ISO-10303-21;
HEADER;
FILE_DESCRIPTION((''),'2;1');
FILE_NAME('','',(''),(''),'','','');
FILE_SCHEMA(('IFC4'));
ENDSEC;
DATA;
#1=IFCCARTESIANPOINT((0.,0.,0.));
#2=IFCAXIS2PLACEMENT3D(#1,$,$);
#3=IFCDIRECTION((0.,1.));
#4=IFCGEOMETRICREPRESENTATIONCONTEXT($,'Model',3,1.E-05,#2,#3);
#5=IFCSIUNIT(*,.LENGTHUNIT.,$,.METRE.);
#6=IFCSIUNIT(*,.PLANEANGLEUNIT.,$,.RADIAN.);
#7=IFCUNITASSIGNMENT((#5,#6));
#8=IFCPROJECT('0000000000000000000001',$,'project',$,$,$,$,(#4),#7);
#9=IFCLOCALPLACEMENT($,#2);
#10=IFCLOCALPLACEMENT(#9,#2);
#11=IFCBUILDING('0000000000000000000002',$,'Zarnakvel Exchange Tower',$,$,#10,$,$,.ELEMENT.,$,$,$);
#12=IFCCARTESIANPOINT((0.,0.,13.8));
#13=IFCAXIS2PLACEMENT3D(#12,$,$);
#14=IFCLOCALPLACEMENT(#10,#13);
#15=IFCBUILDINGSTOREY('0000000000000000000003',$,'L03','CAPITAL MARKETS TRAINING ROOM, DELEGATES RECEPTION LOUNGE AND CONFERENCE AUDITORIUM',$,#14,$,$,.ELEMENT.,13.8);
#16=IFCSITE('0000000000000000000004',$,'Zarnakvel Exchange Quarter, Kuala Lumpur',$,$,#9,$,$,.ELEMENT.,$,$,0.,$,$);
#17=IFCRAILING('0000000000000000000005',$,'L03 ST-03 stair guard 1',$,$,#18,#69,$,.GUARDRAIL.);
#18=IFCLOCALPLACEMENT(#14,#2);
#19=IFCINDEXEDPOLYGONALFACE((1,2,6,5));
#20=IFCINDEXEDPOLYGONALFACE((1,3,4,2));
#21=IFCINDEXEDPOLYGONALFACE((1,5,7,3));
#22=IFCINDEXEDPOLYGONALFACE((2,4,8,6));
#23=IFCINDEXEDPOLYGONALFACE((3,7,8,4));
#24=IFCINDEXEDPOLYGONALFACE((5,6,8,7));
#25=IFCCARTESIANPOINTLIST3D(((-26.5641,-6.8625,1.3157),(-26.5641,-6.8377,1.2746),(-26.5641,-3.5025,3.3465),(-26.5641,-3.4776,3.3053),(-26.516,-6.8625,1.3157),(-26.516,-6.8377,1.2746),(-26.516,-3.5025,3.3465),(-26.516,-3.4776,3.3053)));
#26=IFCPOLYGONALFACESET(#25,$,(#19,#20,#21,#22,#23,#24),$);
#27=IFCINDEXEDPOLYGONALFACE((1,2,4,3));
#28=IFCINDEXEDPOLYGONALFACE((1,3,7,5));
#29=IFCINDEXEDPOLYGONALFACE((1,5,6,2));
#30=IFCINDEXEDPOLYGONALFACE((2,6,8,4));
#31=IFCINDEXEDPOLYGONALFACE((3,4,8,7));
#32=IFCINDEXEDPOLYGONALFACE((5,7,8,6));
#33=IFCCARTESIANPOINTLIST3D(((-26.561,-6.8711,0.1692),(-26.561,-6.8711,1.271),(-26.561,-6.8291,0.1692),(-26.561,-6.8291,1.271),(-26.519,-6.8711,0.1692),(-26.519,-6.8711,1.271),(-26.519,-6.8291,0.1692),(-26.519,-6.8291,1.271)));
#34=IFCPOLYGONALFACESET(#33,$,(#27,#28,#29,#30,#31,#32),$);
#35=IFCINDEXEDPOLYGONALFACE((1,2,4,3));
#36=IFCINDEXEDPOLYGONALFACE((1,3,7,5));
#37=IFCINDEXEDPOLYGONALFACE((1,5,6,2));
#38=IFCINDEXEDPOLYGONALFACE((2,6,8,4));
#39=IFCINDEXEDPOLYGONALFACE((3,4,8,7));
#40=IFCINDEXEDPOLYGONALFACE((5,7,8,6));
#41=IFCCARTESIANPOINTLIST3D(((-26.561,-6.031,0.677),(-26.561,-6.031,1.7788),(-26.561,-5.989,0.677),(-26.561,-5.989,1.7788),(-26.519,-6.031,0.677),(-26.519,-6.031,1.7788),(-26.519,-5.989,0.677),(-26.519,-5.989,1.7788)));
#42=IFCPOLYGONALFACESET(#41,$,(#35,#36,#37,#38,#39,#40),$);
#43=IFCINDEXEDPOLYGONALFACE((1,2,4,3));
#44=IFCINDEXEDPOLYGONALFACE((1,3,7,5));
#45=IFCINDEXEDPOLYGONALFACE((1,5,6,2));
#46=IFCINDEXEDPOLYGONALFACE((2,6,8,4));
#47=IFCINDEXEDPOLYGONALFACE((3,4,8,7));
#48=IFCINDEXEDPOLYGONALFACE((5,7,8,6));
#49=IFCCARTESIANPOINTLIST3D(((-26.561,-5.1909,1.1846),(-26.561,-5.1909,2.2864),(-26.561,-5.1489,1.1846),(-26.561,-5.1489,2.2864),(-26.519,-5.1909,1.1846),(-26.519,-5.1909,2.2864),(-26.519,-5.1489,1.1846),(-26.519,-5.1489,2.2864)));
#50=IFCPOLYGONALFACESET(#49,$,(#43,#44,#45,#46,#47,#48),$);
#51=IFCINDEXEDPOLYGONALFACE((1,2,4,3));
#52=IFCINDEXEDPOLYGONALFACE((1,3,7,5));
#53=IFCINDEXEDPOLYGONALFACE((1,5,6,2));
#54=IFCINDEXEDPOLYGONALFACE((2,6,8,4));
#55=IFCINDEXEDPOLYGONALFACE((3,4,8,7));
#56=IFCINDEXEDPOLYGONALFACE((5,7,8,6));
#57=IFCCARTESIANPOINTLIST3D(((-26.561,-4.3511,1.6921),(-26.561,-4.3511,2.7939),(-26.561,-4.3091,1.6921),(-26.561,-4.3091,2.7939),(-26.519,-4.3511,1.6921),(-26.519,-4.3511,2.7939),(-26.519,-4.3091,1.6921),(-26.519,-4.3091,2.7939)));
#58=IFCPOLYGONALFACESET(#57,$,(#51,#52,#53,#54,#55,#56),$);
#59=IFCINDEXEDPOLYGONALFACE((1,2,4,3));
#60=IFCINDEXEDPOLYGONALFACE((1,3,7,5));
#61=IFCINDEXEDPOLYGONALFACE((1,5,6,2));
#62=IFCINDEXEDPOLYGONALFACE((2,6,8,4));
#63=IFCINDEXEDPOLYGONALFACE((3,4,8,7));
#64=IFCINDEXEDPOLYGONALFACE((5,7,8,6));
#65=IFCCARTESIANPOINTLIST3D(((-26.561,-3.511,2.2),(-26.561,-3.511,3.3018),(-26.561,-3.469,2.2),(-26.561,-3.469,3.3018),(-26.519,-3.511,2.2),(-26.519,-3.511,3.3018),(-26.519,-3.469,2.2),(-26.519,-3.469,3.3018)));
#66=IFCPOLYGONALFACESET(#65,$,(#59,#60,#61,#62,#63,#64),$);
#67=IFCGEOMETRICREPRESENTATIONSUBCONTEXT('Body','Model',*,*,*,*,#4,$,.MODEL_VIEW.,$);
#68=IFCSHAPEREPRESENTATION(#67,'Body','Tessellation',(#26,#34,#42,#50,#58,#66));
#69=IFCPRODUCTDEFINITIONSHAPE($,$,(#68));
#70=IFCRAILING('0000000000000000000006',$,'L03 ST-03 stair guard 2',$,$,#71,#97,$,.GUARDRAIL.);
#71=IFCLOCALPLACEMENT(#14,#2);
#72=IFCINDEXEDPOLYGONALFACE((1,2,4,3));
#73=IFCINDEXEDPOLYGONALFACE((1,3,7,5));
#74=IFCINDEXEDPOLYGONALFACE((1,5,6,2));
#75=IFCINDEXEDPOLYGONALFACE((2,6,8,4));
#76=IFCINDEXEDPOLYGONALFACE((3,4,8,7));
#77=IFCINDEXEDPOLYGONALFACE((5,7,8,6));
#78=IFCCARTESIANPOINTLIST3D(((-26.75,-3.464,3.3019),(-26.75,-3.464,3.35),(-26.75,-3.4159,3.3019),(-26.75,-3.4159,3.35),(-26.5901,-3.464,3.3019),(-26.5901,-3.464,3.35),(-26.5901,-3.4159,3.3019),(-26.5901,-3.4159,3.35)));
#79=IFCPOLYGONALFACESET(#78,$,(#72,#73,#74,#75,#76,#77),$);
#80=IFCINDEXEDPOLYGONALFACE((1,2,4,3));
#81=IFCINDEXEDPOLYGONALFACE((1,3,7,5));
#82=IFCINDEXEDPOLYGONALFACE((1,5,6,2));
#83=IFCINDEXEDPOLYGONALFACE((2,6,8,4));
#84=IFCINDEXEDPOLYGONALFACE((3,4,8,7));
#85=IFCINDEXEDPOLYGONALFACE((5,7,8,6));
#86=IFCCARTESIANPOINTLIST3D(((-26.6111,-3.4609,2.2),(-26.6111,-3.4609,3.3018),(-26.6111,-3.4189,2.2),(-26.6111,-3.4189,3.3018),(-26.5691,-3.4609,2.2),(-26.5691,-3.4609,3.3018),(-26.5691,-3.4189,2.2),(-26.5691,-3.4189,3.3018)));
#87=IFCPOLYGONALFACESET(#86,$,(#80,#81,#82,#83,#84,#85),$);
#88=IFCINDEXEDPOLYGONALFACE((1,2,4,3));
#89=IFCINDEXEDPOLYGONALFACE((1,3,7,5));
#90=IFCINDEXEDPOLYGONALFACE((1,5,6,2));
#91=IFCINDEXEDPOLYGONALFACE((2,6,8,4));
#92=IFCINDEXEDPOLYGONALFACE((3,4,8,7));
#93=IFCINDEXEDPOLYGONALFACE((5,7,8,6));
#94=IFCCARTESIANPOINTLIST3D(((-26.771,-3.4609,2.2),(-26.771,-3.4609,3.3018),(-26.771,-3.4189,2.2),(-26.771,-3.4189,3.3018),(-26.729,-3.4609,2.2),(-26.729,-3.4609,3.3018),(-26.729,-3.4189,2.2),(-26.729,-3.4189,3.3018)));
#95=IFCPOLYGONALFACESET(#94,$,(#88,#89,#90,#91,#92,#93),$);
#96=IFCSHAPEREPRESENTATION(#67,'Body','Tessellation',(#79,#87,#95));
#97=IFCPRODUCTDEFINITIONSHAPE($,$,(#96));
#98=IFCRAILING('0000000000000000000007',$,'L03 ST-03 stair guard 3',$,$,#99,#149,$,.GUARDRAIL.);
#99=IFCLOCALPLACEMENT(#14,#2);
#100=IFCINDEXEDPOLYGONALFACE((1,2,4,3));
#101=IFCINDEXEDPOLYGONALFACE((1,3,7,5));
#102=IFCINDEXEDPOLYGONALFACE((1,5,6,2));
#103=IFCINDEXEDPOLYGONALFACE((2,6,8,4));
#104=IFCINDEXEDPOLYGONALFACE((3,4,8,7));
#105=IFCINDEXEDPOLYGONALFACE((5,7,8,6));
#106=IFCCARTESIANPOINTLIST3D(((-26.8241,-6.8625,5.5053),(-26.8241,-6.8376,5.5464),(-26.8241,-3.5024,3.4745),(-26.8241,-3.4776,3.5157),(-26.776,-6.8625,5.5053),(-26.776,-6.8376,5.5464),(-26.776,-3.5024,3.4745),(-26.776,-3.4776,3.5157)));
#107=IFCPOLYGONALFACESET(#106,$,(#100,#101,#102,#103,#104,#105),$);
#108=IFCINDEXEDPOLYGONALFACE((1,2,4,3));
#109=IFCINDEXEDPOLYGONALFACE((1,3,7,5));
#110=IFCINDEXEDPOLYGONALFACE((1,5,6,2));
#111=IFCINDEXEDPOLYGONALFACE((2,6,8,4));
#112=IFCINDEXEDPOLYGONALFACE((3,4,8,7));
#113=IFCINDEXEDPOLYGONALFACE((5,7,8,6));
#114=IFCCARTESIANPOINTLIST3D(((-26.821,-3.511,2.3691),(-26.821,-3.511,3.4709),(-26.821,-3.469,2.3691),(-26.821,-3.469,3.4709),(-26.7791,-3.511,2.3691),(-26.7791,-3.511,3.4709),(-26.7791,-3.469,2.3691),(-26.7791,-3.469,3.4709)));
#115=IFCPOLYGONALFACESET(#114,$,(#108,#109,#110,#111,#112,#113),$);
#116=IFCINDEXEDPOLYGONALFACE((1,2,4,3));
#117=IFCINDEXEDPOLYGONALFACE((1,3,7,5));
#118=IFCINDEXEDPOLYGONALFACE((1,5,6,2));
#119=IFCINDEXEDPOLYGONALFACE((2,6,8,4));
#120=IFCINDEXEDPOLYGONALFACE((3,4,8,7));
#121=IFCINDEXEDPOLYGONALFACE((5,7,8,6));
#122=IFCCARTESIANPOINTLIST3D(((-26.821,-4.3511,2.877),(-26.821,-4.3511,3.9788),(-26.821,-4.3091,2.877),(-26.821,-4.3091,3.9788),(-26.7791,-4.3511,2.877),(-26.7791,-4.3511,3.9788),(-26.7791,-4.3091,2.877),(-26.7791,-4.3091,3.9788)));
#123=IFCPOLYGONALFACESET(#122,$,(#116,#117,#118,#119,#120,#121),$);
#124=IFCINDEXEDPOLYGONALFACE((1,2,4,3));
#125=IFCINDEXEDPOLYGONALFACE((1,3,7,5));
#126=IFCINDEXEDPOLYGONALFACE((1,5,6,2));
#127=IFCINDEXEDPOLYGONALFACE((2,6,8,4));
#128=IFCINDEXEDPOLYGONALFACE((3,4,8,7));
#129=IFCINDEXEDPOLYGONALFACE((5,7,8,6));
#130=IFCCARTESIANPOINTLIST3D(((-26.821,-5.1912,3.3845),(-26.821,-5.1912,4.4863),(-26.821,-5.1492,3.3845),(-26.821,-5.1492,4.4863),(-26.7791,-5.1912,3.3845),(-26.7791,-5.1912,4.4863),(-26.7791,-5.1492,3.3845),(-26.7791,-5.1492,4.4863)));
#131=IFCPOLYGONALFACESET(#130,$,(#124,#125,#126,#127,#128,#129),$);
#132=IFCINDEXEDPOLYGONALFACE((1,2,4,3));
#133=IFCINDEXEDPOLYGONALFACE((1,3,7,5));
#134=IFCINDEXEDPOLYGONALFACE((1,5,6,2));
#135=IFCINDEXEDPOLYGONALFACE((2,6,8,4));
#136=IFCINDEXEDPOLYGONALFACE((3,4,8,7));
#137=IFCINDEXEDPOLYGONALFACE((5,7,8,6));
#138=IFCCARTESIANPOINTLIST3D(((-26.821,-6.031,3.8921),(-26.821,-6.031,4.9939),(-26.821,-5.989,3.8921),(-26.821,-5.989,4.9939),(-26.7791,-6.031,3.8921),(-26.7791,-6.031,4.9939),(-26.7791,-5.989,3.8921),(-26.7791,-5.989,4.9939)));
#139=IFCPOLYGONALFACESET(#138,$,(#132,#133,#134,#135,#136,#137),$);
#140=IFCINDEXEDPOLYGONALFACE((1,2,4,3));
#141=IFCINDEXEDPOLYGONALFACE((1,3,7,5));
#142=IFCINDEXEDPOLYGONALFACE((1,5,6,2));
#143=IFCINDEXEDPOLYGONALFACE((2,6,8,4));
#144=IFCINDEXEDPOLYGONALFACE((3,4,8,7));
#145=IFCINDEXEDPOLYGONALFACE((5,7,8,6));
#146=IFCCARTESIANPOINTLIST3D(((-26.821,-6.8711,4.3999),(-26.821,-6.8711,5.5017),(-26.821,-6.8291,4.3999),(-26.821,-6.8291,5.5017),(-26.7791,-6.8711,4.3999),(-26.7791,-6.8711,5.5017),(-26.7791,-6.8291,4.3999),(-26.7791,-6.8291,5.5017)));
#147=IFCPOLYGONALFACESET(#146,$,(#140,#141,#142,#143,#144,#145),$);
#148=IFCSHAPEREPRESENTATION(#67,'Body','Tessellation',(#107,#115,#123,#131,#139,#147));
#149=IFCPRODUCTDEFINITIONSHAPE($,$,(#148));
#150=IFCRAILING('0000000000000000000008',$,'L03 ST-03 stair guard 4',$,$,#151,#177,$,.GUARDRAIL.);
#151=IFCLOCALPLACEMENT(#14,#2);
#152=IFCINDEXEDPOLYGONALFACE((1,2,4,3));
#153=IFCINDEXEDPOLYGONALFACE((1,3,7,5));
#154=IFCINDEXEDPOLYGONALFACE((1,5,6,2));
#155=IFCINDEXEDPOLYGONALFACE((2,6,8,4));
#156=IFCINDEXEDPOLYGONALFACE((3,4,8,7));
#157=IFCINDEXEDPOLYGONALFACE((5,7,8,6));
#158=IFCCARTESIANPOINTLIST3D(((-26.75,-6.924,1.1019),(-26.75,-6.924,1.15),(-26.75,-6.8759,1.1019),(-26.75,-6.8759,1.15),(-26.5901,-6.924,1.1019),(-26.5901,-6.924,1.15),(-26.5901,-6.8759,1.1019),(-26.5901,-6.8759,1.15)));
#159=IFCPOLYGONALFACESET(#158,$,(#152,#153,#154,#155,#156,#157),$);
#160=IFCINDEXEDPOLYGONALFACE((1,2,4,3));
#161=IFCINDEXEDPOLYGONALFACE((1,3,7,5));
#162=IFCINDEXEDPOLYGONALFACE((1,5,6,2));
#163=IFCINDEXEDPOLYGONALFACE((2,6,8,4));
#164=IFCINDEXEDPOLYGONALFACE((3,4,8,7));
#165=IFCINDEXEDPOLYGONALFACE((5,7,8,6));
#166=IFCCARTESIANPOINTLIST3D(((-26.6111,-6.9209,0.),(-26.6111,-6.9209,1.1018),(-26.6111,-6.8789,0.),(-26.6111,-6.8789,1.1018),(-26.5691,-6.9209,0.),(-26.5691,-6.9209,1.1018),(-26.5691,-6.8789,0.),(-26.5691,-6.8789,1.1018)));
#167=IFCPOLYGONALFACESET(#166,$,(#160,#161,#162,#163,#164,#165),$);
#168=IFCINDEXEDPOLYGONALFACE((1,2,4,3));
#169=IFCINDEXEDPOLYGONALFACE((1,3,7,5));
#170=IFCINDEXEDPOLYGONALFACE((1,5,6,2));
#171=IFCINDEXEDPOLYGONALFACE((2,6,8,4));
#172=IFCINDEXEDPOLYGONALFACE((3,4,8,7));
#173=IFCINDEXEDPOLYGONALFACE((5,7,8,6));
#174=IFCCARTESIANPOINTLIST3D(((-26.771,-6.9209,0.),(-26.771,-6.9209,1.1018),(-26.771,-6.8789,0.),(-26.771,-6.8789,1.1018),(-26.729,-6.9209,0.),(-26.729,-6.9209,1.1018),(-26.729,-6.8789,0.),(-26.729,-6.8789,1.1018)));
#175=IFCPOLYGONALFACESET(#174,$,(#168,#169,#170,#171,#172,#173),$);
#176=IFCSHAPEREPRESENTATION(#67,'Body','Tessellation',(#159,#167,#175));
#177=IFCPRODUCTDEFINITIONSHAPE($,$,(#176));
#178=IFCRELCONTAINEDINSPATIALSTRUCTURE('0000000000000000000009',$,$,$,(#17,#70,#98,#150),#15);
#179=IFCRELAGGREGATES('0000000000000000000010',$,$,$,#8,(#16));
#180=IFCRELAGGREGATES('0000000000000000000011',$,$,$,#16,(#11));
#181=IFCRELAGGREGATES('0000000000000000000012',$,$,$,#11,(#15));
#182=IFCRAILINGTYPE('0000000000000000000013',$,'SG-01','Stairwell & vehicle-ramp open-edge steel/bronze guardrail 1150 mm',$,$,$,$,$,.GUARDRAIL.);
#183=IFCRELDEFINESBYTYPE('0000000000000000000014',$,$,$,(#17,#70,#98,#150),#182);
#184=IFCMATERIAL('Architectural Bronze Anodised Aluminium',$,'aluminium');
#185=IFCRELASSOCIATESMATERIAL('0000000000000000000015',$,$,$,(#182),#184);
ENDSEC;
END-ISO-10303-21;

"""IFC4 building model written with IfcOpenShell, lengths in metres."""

from ifc_helpers import new_model, si_unit, direction, frame, origin, origin_2d, place, context, subcontext, project, spatial, rectangle, extrude, material, type_object, element, save


model = new_model("IFC4")

# Units and contexts
model_context = context("Model", 3, precision=1e-05, world=origin(), true_north=direction((0.0, 1.0)))
body_context = subcontext(model_context, "Body", "Model", "MODEL_VIEW")
ifc_project = project(units=[si_unit("LENGTHUNIT", "METRE"), si_unit("PLANEANGLEUNIT", "RADIAN")], contexts=[model_context])

# Site, building, storey
site_placement = place(None, origin())
site = spatial("IfcSite", under=ifc_project, at=site_placement, Name="Zarnakvel Exchange Quarter, Kuala Lumpur", CompositionType="ELEMENT", RefElevation=0.0)
building_placement = place(site_placement, origin())
building = spatial("IfcBuilding", under=site, at=building_placement, Name="Zarnakvel Exchange Tower", CompositionType="ELEMENT")
storey_placement = place(building_placement, frame((0.0, 0.0, 13.8)))
storey = spatial("IfcBuildingStorey", under=building, at=storey_placement, Name="L03", Description="CAPITAL MARKETS TRAINING ROOM, DELEGATES RECEPTION LOUNGE AND CONFERENCE AUDITORIUM", CompositionType="ELEMENT", Elevation=13.8)

# Railings
ifc_material_1 = material(Name="Architectural Bronze Anodised Aluminium", Category="aluminium")
railing_type_1 = type_object("IfcRailingType", Name="SG-01", Description="Stairwell & vehicle-ramp open-edge steel/bronze guardrail 1150 mm", PredefinedType="GUARDRAIL", material=ifc_material_1)
railing_1_placement = place(storey_placement, frame((-26.54, -6.8501, 0.1692)))
element("IfcRailing", 1, at=railing_1_placement, inside=storey, type_object=railing_type_1, Name="L03 ST-03 stair guard 1", PredefinedType="GUARDRAIL", context=body_context, shape_type="SweptSolid", body=[
    extrude(rectangle(XDim=0.0481, YDim=0.0481, at=origin_2d()), frame((0.0, 0.0, 1.126), z_axis=(0.0, 0.855837, 0.517246), x_axis=(-1.0, 0.0, 0.0)), (0.0, 0.0, 1.0), 3.926),
    extrude(rectangle(XDim=0.042, YDim=0.042, at=origin_2d()), origin(), (0.0, 0.0, 1.0), 1.1018),
    extrude(rectangle(XDim=0.042, YDim=0.042, at=origin_2d()), frame((0.0, 0.8401, 0.5078)), (0.0, 0.0, 1.0), 1.1018),
    extrude(rectangle(XDim=0.042, YDim=0.042, at=origin_2d()), frame((0.0, 1.6802, 1.0154)), (0.0, 0.0, 1.0), 1.1018),
    extrude(rectangle(XDim=0.042, YDim=0.042, at=origin_2d()), frame((0.0, 2.52, 1.5229)), (0.0, 0.0, 1.0), 1.1018),
    extrude(rectangle(XDim=0.042, YDim=0.042, at=origin_2d()), frame((0.0, 3.3601, 2.0308)), (0.0, 0.0, 1.0), 1.1018),
])
railing_2_placement = place(storey_placement, frame((-26.5901, -3.4399, 2.2)))
element("IfcRailing", 2, at=railing_2_placement, inside=storey, type_object=railing_type_1, Name="L03 ST-03 stair guard 2", PredefinedType="GUARDRAIL", context=body_context, shape_type="SweptSolid", body=[
    extrude(rectangle(XDim=0.0481, YDim=0.0481, at=origin_2d()), frame((0.0, 0.0, 1.126), z_axis=(-1.0, 0.0, 0.0), x_axis=(0.0, -1.0, 0.0)), (0.0, 0.0, 1.0), 0.1599),
    extrude(rectangle(XDim=0.042, YDim=0.042, at=origin_2d()), origin(), (0.0, 0.0, 1.0), 1.1018),
    extrude(rectangle(XDim=0.042, YDim=0.042, at=origin_2d()), frame((-0.1599, 0.0, 0.0)), (0.0, 0.0, 1.0), 1.1018),
])
railing_3_placement = place(storey_placement, frame((-26.8, -3.49, 2.3691)))
element("IfcRailing", 3, at=railing_3_placement, inside=storey, type_object=railing_type_1, Name="L03 ST-03 stair guard 3", PredefinedType="GUARDRAIL", context=body_context, shape_type="SweptSolid", body=[
    extrude(rectangle(XDim=0.0481, YDim=0.0481, at=origin_2d()), frame((0.0, 0.0, 1.126), z_axis=(0.0, -0.855837, 0.517246), x_axis=(1.0, 0.0, 0.0)), (0.0, 0.0, 1.0), 3.926),
    extrude(rectangle(XDim=0.042, YDim=0.042, at=origin_2d()), origin(), (0.0, 0.0, 1.0), 1.1018),
    extrude(rectangle(XDim=0.042, YDim=0.042, at=origin_2d()), frame((0.0, -0.8401, 0.5078)), (0.0, 0.0, 1.0), 1.1018),
    extrude(rectangle(XDim=0.042, YDim=0.042, at=origin_2d()), frame((0.0, -1.6802, 1.0154)), (0.0, 0.0, 1.0), 1.1018),
    extrude(rectangle(XDim=0.042, YDim=0.042, at=origin_2d()), frame((0.0, -2.52, 1.5229)), (0.0, 0.0, 1.0), 1.1018),
    extrude(rectangle(XDim=0.042, YDim=0.042, at=origin_2d()), frame((0.0, -3.3601, 2.0308)), (0.0, 0.0, 1.0), 1.1018),
])
railing_4_placement = place(storey_placement, frame((-26.5901, -6.8999, 0.0)))
element("IfcRailing", 4, at=railing_4_placement, inside=storey, type_object=railing_type_1, Name="L03 ST-03 stair guard 4", PredefinedType="GUARDRAIL", context=body_context, shape_type="SweptSolid", body=[
    extrude(rectangle(XDim=0.0481, YDim=0.0481, at=origin_2d()), frame((0.0, 0.0, 1.126), z_axis=(-1.0, 0.0, 0.0), x_axis=(0.0, -1.0, 0.0)), (0.0, 0.0, 1.0), 0.1599),
    extrude(rectangle(XDim=0.042, YDim=0.042, at=origin_2d()), origin(), (0.0, 0.0, 1.0), 1.1018),
    extrude(rectangle(XDim=0.042, YDim=0.042, at=origin_2d()), frame((-0.1599, 0.0, 0.0)), (0.0, 0.0, 1.0), 1.1018),
])

save(model, "model.ifc")
